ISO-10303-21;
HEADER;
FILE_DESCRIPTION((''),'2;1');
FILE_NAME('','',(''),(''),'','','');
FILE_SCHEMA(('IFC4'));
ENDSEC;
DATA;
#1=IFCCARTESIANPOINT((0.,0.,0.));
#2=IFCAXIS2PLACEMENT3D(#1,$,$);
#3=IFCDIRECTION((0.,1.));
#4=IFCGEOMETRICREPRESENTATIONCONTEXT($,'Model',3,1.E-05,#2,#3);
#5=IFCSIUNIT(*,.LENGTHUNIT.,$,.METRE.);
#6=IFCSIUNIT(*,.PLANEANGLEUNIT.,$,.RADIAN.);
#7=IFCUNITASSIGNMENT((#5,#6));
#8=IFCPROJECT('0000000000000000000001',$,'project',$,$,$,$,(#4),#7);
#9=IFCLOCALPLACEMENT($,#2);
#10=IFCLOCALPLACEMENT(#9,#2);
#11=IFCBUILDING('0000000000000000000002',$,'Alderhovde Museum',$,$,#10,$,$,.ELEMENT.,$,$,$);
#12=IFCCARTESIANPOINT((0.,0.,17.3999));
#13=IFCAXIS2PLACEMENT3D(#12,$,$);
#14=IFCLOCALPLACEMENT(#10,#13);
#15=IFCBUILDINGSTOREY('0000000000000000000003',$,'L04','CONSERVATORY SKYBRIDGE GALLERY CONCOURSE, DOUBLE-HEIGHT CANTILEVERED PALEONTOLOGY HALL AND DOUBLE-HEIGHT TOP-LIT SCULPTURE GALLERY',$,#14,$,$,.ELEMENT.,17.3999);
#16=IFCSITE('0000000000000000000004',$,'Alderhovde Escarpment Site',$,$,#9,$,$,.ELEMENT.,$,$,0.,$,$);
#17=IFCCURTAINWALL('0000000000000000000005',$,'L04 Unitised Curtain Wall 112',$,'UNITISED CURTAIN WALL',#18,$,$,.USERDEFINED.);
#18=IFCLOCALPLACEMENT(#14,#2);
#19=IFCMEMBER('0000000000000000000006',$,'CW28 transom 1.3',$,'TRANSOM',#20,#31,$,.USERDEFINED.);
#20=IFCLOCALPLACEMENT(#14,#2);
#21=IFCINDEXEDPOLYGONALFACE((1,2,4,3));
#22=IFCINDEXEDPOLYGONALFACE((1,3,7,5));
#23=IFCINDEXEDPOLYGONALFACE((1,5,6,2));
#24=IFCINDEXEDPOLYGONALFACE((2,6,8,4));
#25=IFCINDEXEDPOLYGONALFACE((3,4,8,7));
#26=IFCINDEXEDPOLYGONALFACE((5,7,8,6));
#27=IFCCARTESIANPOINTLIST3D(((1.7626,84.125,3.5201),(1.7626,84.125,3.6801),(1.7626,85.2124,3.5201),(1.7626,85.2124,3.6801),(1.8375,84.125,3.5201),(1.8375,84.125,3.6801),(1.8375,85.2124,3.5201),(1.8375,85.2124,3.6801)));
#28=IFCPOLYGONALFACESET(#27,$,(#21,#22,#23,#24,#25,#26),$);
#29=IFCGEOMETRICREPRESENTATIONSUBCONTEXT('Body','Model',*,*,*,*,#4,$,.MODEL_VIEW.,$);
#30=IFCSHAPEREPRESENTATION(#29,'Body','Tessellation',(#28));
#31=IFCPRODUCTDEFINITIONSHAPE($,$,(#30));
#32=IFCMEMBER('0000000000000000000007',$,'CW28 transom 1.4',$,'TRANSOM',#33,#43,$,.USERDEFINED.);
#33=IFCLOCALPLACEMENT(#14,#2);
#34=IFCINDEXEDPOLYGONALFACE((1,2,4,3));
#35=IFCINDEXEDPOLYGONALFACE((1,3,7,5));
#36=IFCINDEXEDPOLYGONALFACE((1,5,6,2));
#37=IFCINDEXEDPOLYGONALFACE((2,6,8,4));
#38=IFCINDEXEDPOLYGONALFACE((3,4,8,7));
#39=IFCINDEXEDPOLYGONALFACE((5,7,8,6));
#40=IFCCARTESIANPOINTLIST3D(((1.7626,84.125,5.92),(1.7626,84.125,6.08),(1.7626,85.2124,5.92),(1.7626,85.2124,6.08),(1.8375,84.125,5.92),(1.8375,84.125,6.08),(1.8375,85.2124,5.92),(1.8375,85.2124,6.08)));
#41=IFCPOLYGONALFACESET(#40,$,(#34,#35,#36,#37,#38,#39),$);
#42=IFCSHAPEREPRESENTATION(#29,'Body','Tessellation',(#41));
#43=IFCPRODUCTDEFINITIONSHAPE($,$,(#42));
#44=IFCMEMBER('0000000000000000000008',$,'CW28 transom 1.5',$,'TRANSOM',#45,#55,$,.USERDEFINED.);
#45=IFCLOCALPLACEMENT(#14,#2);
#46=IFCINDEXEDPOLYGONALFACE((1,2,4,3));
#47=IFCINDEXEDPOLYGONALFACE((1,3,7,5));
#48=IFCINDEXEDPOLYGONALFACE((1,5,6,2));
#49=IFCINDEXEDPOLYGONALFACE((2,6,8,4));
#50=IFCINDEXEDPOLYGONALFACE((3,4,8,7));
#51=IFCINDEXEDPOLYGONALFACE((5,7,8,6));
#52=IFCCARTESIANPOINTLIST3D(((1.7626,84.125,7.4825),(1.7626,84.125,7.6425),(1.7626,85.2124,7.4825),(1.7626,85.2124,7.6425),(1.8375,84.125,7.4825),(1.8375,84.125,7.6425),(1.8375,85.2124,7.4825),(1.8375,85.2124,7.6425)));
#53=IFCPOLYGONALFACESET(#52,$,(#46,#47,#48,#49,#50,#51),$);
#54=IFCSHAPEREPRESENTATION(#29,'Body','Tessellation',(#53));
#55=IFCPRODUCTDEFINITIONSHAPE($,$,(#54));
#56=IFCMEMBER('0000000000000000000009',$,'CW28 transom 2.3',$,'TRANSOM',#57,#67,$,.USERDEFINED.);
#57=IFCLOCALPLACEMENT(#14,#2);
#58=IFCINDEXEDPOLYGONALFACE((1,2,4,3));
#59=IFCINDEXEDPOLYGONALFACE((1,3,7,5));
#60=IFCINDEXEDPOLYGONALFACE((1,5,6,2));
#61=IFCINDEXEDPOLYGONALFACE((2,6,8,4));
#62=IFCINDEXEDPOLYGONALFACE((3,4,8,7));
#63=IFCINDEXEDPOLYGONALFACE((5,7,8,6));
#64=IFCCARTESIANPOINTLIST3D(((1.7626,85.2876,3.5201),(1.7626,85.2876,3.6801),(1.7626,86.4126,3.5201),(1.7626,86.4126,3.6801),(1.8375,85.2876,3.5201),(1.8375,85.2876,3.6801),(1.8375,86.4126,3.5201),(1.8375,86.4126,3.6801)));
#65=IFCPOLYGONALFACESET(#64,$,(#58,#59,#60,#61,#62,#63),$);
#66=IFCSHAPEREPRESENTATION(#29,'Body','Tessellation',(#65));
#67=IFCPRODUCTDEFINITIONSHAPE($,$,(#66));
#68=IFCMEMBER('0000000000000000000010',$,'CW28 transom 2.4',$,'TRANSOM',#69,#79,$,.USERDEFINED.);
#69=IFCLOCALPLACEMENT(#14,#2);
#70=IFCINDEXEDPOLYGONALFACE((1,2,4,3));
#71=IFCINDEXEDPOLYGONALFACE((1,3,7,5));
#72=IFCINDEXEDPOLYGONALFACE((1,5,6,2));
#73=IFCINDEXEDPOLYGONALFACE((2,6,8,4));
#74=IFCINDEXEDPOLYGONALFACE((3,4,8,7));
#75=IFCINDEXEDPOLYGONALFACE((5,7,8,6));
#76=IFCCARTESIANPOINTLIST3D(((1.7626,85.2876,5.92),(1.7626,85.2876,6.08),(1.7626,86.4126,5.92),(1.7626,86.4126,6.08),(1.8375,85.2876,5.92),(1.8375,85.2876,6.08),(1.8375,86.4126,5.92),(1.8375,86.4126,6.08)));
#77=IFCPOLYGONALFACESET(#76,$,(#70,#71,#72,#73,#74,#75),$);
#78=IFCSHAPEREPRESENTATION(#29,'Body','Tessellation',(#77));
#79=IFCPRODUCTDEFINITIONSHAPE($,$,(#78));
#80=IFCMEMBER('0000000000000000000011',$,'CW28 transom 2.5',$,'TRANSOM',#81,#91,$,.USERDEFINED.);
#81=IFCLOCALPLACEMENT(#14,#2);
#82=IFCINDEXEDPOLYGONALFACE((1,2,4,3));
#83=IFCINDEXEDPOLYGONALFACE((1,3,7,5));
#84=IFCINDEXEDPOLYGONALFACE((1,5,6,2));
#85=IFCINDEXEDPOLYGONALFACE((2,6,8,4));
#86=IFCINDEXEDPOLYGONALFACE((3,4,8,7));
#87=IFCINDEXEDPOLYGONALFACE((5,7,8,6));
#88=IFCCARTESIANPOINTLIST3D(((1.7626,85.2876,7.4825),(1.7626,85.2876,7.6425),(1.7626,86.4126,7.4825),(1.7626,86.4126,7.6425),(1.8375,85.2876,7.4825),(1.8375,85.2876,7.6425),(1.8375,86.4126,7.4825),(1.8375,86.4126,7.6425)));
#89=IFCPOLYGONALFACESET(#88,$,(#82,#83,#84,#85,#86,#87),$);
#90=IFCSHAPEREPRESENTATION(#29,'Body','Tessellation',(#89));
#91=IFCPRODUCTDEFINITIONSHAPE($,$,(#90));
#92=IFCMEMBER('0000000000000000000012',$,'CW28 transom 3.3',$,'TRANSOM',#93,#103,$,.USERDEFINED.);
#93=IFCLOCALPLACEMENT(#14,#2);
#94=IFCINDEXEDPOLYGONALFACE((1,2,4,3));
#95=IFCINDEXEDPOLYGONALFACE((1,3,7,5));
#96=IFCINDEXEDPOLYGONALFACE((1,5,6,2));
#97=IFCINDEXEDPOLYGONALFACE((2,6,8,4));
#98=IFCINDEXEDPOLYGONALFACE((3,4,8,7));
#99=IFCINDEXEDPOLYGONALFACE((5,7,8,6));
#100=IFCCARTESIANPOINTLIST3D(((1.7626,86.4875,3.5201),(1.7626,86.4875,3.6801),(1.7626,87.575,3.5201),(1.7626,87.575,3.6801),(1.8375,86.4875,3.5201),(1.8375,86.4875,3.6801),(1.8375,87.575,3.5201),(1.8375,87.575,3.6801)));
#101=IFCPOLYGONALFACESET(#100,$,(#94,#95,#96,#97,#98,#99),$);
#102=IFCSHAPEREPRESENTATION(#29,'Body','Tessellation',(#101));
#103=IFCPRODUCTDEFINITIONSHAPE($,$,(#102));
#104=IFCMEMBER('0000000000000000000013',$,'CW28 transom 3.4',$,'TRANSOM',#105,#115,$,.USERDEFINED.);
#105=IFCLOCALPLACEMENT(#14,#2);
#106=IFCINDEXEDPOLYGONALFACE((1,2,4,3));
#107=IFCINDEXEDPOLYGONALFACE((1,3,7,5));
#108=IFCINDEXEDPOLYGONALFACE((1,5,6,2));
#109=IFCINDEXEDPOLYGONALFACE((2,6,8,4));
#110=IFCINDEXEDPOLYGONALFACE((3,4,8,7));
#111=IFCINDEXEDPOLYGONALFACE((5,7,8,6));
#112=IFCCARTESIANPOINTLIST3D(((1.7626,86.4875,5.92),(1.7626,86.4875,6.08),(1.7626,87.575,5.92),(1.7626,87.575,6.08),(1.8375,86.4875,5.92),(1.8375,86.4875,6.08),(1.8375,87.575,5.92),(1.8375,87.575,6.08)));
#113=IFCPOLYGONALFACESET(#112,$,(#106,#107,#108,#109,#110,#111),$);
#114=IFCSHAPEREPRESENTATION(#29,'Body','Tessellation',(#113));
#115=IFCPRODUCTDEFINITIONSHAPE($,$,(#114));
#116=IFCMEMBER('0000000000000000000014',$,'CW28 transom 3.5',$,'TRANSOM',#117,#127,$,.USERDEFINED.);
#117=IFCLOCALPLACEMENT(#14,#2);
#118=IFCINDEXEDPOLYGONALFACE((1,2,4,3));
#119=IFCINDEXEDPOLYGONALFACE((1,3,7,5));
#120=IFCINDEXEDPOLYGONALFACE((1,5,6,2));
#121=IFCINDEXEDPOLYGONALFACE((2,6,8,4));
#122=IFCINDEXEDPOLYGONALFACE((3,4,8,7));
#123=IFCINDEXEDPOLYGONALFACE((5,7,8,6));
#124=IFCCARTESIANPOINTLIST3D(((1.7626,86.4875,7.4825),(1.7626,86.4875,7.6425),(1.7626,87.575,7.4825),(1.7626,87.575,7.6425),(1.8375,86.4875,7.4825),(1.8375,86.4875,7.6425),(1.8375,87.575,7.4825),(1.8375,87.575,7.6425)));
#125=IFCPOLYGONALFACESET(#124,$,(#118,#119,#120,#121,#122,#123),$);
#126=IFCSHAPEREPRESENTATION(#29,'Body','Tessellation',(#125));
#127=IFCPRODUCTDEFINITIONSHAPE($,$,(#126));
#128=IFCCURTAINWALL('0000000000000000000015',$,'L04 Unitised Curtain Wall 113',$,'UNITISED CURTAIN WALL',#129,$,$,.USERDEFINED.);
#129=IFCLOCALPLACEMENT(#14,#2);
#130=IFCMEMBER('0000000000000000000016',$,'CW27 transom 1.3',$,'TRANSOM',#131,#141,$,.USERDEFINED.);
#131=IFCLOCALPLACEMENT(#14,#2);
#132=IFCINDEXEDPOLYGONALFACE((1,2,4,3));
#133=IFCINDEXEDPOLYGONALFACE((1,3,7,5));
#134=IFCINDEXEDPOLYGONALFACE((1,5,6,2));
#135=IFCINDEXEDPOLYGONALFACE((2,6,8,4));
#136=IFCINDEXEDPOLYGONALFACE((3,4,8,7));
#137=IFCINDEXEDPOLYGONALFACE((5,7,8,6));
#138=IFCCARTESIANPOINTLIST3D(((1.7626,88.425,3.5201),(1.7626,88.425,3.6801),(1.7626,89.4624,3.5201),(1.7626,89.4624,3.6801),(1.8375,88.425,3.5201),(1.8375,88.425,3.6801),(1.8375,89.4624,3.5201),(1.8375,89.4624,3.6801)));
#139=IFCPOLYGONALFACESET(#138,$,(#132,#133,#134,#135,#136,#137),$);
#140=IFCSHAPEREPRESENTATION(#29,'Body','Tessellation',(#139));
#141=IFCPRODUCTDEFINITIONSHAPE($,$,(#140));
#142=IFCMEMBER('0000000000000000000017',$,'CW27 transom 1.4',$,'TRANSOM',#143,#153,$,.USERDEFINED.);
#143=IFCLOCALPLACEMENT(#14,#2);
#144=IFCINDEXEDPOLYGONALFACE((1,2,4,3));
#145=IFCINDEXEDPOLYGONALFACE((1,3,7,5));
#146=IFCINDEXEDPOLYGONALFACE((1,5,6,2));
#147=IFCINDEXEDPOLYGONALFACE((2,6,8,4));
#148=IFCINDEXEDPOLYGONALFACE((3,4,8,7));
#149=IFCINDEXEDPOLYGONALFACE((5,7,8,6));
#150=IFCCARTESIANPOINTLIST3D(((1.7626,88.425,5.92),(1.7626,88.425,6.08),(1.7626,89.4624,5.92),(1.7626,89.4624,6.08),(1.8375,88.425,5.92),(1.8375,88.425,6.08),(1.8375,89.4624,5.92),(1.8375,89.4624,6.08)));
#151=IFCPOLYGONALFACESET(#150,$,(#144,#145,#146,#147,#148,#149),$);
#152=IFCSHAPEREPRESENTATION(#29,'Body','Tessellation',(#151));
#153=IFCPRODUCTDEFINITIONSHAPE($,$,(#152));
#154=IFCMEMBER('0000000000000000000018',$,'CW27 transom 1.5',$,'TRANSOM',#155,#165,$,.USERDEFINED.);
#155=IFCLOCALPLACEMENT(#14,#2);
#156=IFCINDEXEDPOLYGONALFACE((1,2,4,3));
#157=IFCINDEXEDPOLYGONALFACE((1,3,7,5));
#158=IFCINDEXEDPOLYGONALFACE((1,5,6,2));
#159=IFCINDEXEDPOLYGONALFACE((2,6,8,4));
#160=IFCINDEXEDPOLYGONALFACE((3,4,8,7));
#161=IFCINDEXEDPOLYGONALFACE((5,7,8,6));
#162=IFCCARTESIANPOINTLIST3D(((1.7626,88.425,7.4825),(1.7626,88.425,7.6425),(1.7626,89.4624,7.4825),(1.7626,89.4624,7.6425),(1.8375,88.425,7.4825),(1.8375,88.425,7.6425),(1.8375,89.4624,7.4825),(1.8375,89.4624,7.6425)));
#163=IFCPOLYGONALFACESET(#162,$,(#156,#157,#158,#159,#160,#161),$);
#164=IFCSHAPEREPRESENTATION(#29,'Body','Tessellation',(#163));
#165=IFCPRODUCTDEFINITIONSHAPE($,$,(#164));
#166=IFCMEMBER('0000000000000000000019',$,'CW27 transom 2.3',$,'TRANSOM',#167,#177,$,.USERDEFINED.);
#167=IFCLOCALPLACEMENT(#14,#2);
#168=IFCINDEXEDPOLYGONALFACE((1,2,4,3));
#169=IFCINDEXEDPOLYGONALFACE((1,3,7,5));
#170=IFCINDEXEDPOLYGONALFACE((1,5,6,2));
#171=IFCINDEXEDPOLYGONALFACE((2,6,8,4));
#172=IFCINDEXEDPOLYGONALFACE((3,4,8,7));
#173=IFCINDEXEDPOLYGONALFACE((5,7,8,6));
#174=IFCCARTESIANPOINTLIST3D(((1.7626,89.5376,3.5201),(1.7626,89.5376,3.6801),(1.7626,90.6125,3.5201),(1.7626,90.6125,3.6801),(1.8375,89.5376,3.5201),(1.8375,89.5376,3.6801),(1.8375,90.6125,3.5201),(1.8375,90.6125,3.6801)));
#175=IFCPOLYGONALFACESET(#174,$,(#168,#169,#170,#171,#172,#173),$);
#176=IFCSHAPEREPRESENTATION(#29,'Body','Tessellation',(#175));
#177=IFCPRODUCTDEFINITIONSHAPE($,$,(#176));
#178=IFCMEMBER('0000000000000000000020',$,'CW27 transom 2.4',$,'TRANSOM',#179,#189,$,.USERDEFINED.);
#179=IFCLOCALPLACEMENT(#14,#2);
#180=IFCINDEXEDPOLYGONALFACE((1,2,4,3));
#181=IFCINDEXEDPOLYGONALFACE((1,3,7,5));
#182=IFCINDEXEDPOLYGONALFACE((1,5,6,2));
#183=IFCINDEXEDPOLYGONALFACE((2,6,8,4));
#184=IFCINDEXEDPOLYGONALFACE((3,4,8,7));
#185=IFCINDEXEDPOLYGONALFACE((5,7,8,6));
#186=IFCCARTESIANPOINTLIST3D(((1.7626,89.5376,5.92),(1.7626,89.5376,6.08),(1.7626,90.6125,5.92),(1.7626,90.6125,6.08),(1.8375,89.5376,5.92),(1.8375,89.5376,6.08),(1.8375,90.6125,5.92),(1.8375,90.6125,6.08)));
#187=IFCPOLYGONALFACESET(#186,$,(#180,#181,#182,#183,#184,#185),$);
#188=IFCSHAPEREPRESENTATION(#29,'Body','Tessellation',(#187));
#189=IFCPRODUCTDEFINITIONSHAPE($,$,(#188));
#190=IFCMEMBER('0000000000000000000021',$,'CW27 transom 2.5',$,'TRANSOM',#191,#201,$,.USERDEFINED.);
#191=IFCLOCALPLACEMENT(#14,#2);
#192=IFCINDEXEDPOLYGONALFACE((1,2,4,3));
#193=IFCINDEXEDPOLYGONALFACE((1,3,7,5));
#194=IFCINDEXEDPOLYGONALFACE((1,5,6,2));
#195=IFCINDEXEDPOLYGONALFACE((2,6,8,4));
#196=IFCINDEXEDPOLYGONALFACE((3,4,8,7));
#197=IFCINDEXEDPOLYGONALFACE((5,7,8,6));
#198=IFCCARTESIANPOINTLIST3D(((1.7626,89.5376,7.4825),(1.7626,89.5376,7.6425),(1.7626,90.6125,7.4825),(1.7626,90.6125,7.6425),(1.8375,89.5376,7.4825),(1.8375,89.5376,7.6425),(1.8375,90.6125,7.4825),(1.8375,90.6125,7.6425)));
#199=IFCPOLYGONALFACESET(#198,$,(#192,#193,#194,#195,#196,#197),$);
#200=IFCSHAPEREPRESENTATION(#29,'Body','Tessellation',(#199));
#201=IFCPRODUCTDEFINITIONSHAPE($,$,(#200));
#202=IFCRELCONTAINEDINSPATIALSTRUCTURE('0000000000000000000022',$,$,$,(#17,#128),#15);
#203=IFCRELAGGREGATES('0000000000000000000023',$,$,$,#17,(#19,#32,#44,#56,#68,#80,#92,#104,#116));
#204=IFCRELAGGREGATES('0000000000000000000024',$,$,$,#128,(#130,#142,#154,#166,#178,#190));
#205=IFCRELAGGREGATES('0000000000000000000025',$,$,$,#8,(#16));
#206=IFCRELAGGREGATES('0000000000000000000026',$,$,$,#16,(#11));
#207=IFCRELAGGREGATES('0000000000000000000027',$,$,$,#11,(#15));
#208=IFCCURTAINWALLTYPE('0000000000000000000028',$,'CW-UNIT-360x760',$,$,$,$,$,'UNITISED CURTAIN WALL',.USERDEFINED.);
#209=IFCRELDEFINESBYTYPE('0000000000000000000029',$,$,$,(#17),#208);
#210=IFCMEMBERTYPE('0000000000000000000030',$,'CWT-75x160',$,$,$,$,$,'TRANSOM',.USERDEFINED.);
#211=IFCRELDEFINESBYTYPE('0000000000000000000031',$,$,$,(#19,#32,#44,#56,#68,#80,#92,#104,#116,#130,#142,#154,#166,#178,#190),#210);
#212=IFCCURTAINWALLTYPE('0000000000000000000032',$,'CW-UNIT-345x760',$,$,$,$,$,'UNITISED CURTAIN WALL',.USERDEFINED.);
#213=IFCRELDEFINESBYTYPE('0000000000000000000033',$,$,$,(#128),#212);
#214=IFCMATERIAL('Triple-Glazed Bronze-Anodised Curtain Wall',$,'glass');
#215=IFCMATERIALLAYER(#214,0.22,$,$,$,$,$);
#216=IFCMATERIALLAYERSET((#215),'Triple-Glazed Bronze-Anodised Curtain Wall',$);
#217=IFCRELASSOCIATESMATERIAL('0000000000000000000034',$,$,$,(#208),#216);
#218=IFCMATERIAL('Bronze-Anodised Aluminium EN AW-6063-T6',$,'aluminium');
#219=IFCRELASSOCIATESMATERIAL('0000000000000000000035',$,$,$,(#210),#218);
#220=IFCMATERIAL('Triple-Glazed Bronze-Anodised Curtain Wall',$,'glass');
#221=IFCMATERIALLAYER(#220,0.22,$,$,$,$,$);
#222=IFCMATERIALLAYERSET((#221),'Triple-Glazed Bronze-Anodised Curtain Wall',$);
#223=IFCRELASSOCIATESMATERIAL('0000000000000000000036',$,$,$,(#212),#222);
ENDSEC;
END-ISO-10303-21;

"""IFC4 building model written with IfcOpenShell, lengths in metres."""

from ifc_helpers import new_model, si_unit, direction, frame, origin, origin_2d, place, context, subcontext, project, spatial, rectangle, extrude, material, layer, layer_set, material_profile, profile_set, type_object, element, aggregate, save


model = new_model("IFC4")

# Units and contexts
model_context = context("Model", 3, precision=1e-05, world=origin(), true_north=direction((0.0, 1.0)))
body_context = subcontext(model_context, "Body", "Model", "MODEL_VIEW")
ifc_project = project(units=[si_unit("LENGTHUNIT", "METRE"), si_unit("PLANEANGLEUNIT", "RADIAN")], contexts=[model_context])

# Site, building, storey
site_placement = place(None, origin())
site = spatial("IfcSite", under=ifc_project, at=site_placement, Name="Alderhovde Escarpment Site", CompositionType="ELEMENT", RefElevation=0.0)
building_placement = place(site_placement, origin())
building = spatial("IfcBuilding", under=site, at=building_placement, Name="Alderhovde Museum", CompositionType="ELEMENT")
storey_placement = place(building_placement, frame((0.0, 0.0, 17.3999)))
storey = spatial("IfcBuildingStorey", under=building, at=storey_placement, Name="L04", Description="CONSERVATORY SKYBRIDGE GALLERY CONCOURSE, DOUBLE-HEIGHT CANTILEVERED PALEONTOLOGY HALL AND DOUBLE-HEIGHT TOP-LIT SCULPTURE GALLERY", CompositionType="ELEMENT", Elevation=17.3999)

# Curtain walls, members
ifc_material_1 = material(Name="Triple-Glazed Bronze-Anodised Curtain Wall", Category="glass")
ifc_layer_1 = layer(ifc_material_1, 0.22)
ifc_layer_set_1 = layer_set([ifc_layer_1], Name="Triple-Glazed Bronze-Anodised Curtain Wall")
curtain_wall_type_1 = type_object("IfcCurtainWallType", Name="CW-UNIT-360x760", ElementType="UNITISED CURTAIN WALL", PredefinedType="USERDEFINED", material=ifc_layer_set_1)
curtain_wall_1_placement = place(storey_placement, origin())
curtain_wall_1 = element("IfcCurtainWall", 1, at=curtain_wall_1_placement, inside=storey, type_object=curtain_wall_type_1, Name="L04 Unitised Curtain Wall 112", ObjectType="UNITISED CURTAIN WALL", PredefinedType="USERDEFINED")
ifc_material_2 = material(Name="Bronze-Anodised Aluminium EN AW-6063-T6", Category="aluminium")
ifc_material_profile_1 = material_profile(ifc_material_2, rectangle(XDim=0.075, YDim=0.1599, at=origin_2d()), Name="TRANSOM 75x160")
ifc_profile_set_1 = profile_set([ifc_material_profile_1], Name="Bronze-Anodised Aluminium EN AW-6063-T6")
member_type_1 = type_object("IfcMemberType", Name="CWT-75x160", ElementType="TRANSOM", PredefinedType="USERDEFINED", material=ifc_profile_set_1)
member_1_placement = place(storey_placement, frame((1.8, 84.125, 3.6001), z_axis=(0.0, 1.0, 0.0), x_axis=(-1.0, 0.0, 0.0)))
member_1 = element("IfcMember", 2, at=member_1_placement, type_object=member_type_1, Name="CW28 transom 1.3", ObjectType="TRANSOM", PredefinedType="USERDEFINED", context=body_context, shape_type="SweptSolid", body=[
    extrude(rectangle(XDim=0.075, YDim=0.1599, at=origin_2d()), origin(), (0.0, 0.0, 1.0), 1.0874),
])
member_2_placement = place(storey_placement, frame((1.8, 84.125, 6.0), z_axis=(0.0, 1.0, 0.0), x_axis=(-1.0, 0.0, 0.0)))
member_2 = element("IfcMember", 3, at=member_2_placement, type_object=member_type_1, Name="CW28 transom 1.4", ObjectType="TRANSOM", PredefinedType="USERDEFINED", context=body_context, shape_type="SweptSolid", body=[
    extrude(rectangle(XDim=0.075, YDim=0.1599, at=origin_2d()), origin(), (0.0, 0.0, 1.0), 1.0874),
])
member_3_placement = place(storey_placement, frame((1.8, 84.125, 7.5625), z_axis=(0.0, 1.0, 0.0), x_axis=(-1.0, 0.0, 0.0)))
member_3 = element("IfcMember", 4, at=member_3_placement, type_object=member_type_1, Name="CW28 transom 1.5", ObjectType="TRANSOM", PredefinedType="USERDEFINED", context=body_context, shape_type="SweptSolid", body=[
    extrude(rectangle(XDim=0.075, YDim=0.1599, at=origin_2d()), origin(), (0.0, 0.0, 1.0), 1.0874),
])
member_4_placement = place(storey_placement, frame((1.8, 85.2876, 3.6001), z_axis=(0.0, 1.0, 0.0), x_axis=(-1.0, 0.0, 0.0)))
member_4 = element("IfcMember", 5, at=member_4_placement, type_object=member_type_1, Name="CW28 transom 2.3", ObjectType="TRANSOM", PredefinedType="USERDEFINED", context=body_context, shape_type="SweptSolid", body=[
    extrude(rectangle(XDim=0.075, YDim=0.1599, at=origin_2d()), origin(), (0.0, 0.0, 1.0), 1.125),
])
member_5_placement = place(storey_placement, frame((1.8, 85.2876, 6.0), z_axis=(0.0, 1.0, 0.0), x_axis=(-1.0, 0.0, 0.0)))
member_5 = element("IfcMember", 6, at=member_5_placement, type_object=member_type_1, Name="CW28 transom 2.4", ObjectType="TRANSOM", PredefinedType="USERDEFINED", context=body_context, shape_type="SweptSolid", body=[
    extrude(rectangle(XDim=0.075, YDim=0.1599, at=origin_2d()), origin(), (0.0, 0.0, 1.0), 1.125),
])
member_6_placement = place(storey_placement, frame((1.8, 85.2876, 7.5625), z_axis=(0.0, 1.0, 0.0), x_axis=(-1.0, 0.0, 0.0)))
member_6 = element("IfcMember", 7, at=member_6_placement, type_object=member_type_1, Name="CW28 transom 2.5", ObjectType="TRANSOM", PredefinedType="USERDEFINED", context=body_context, shape_type="SweptSolid", body=[
    extrude(rectangle(XDim=0.075, YDim=0.1599, at=origin_2d()), origin(), (0.0, 0.0, 1.0), 1.125),
])
member_7_placement = place(storey_placement, frame((1.8, 86.4875, 3.6001), z_axis=(0.0, 1.0, 0.0), x_axis=(-1.0, 0.0, 0.0)))
member_7 = element("IfcMember", 8, at=member_7_placement, type_object=member_type_1, Name="CW28 transom 3.3", ObjectType="TRANSOM", PredefinedType="USERDEFINED", context=body_context, shape_type="SweptSolid", body=[
    extrude(rectangle(XDim=0.075, YDim=0.1599, at=origin_2d()), origin(), (0.0, 0.0, 1.0), 1.0874),
])
member_8_placement = place(storey_placement, frame((1.8, 86.4875, 6.0), z_axis=(0.0, 1.0, 0.0), x_axis=(-1.0, 0.0, 0.0)))
member_8 = element("IfcMember", 9, at=member_8_placement, type_object=member_type_1, Name="CW28 transom 3.4", ObjectType="TRANSOM", PredefinedType="USERDEFINED", context=body_context, shape_type="SweptSolid", body=[
    extrude(rectangle(XDim=0.075, YDim=0.1599, at=origin_2d()), origin(), (0.0, 0.0, 1.0), 1.0874),
])
member_9_placement = place(storey_placement, frame((1.8, 86.4875, 7.5625), z_axis=(0.0, 1.0, 0.0), x_axis=(-1.0, 0.0, 0.0)))
member_9 = element("IfcMember", 10, at=member_9_placement, type_object=member_type_1, Name="CW28 transom 3.5", ObjectType="TRANSOM", PredefinedType="USERDEFINED", context=body_context, shape_type="SweptSolid", body=[
    extrude(rectangle(XDim=0.075, YDim=0.1599, at=origin_2d()), origin(), (0.0, 0.0, 1.0), 1.0874),
])
ifc_material_3 = material(Name="Triple-Glazed Bronze-Anodised Curtain Wall", Category="glass")
ifc_layer_2 = layer(ifc_material_3, 0.22)
ifc_layer_set_2 = layer_set([ifc_layer_2], Name="Triple-Glazed Bronze-Anodised Curtain Wall")
curtain_wall_type_2 = type_object("IfcCurtainWallType", Name="CW-UNIT-345x760", ElementType="UNITISED CURTAIN WALL", PredefinedType="USERDEFINED", material=ifc_layer_set_2)
curtain_wall_2_placement = place(storey_placement, origin())
curtain_wall_2 = element("IfcCurtainWall", 11, at=curtain_wall_2_placement, inside=storey, type_object=curtain_wall_type_2, Name="L04 Unitised Curtain Wall 113", ObjectType="UNITISED CURTAIN WALL", PredefinedType="USERDEFINED")
member_10_placement = place(storey_placement, frame((1.8, 88.425, 3.6001), z_axis=(0.0, 1.0, 0.0), x_axis=(-1.0, 0.0, 0.0)))
member_10 = element("IfcMember", 12, at=member_10_placement, type_object=member_type_1, Name="CW27 transom 1.3", ObjectType="TRANSOM", PredefinedType="USERDEFINED", context=body_context, shape_type="SweptSolid", body=[
    extrude(rectangle(XDim=0.075, YDim=0.1599, at=origin_2d()), origin(), (0.0, 0.0, 1.0), 1.0374),
])
member_11_placement = place(storey_placement, frame((1.8, 88.425, 6.0), z_axis=(0.0, 1.0, 0.0), x_axis=(-1.0, 0.0, 0.0)))
member_11 = element("IfcMember", 13, at=member_11_placement, type_object=member_type_1, Name="CW27 transom 1.4", ObjectType="TRANSOM", PredefinedType="USERDEFINED", context=body_context, shape_type="SweptSolid", body=[
    extrude(rectangle(XDim=0.075, YDim=0.1599, at=origin_2d()), origin(), (0.0, 0.0, 1.0), 1.0374),
])
member_12_placement = place(storey_placement, frame((1.8, 88.425, 7.5625), z_axis=(0.0, 1.0, 0.0), x_axis=(-1.0, 0.0, 0.0)))
member_12 = element("IfcMember", 14, at=member_12_placement, type_object=member_type_1, Name="CW27 transom 1.5", ObjectType="TRANSOM", PredefinedType="USERDEFINED", context=body_context, shape_type="SweptSolid", body=[
    extrude(rectangle(XDim=0.075, YDim=0.1599, at=origin_2d()), origin(), (0.0, 0.0, 1.0), 1.0374),
])
member_13_placement = place(storey_placement, frame((1.8, 89.5376, 3.6001), z_axis=(0.0, 1.0, 0.0), x_axis=(-1.0, 0.0, 0.0)))
member_13 = element("IfcMember", 15, at=member_13_placement, type_object=member_type_1, Name="CW27 transom 2.3", ObjectType="TRANSOM", PredefinedType="USERDEFINED", context=body_context, shape_type="SweptSolid", body=[
    extrude(rectangle(XDim=0.075, YDim=0.1599, at=origin_2d()), origin(), (0.0, 0.0, 1.0), 1.075),
])
member_14_placement = place(storey_placement, frame((1.8, 89.5376, 6.0), z_axis=(0.0, 1.0, 0.0), x_axis=(-1.0, 0.0, 0.0)))
member_14 = element("IfcMember", 16, at=member_14_placement, type_object=member_type_1, Name="CW27 transom 2.4", ObjectType="TRANSOM", PredefinedType="USERDEFINED", context=body_context, shape_type="SweptSolid", body=[
    extrude(rectangle(XDim=0.075, YDim=0.1599, at=origin_2d()), origin(), (0.0, 0.0, 1.0), 1.075),
])
member_15_placement = place(storey_placement, frame((1.8, 89.5376, 7.5625), z_axis=(0.0, 1.0, 0.0), x_axis=(-1.0, 0.0, 0.0)))
member_15 = element("IfcMember", 17, at=member_15_placement, type_object=member_type_1, Name="CW27 transom 2.5", ObjectType="TRANSOM", PredefinedType="USERDEFINED", context=body_context, shape_type="SweptSolid", body=[
    extrude(rectangle(XDim=0.075, YDim=0.1599, at=origin_2d()), origin(), (0.0, 0.0, 1.0), 1.075),
])

aggregate(curtain_wall_1, [member_1, member_2, member_3, member_4, member_5, member_6, member_7, member_8, member_9])
aggregate(curtain_wall_2, [member_10, member_11, member_12, member_13, member_14, member_15])

save(model, "model.ifc")
